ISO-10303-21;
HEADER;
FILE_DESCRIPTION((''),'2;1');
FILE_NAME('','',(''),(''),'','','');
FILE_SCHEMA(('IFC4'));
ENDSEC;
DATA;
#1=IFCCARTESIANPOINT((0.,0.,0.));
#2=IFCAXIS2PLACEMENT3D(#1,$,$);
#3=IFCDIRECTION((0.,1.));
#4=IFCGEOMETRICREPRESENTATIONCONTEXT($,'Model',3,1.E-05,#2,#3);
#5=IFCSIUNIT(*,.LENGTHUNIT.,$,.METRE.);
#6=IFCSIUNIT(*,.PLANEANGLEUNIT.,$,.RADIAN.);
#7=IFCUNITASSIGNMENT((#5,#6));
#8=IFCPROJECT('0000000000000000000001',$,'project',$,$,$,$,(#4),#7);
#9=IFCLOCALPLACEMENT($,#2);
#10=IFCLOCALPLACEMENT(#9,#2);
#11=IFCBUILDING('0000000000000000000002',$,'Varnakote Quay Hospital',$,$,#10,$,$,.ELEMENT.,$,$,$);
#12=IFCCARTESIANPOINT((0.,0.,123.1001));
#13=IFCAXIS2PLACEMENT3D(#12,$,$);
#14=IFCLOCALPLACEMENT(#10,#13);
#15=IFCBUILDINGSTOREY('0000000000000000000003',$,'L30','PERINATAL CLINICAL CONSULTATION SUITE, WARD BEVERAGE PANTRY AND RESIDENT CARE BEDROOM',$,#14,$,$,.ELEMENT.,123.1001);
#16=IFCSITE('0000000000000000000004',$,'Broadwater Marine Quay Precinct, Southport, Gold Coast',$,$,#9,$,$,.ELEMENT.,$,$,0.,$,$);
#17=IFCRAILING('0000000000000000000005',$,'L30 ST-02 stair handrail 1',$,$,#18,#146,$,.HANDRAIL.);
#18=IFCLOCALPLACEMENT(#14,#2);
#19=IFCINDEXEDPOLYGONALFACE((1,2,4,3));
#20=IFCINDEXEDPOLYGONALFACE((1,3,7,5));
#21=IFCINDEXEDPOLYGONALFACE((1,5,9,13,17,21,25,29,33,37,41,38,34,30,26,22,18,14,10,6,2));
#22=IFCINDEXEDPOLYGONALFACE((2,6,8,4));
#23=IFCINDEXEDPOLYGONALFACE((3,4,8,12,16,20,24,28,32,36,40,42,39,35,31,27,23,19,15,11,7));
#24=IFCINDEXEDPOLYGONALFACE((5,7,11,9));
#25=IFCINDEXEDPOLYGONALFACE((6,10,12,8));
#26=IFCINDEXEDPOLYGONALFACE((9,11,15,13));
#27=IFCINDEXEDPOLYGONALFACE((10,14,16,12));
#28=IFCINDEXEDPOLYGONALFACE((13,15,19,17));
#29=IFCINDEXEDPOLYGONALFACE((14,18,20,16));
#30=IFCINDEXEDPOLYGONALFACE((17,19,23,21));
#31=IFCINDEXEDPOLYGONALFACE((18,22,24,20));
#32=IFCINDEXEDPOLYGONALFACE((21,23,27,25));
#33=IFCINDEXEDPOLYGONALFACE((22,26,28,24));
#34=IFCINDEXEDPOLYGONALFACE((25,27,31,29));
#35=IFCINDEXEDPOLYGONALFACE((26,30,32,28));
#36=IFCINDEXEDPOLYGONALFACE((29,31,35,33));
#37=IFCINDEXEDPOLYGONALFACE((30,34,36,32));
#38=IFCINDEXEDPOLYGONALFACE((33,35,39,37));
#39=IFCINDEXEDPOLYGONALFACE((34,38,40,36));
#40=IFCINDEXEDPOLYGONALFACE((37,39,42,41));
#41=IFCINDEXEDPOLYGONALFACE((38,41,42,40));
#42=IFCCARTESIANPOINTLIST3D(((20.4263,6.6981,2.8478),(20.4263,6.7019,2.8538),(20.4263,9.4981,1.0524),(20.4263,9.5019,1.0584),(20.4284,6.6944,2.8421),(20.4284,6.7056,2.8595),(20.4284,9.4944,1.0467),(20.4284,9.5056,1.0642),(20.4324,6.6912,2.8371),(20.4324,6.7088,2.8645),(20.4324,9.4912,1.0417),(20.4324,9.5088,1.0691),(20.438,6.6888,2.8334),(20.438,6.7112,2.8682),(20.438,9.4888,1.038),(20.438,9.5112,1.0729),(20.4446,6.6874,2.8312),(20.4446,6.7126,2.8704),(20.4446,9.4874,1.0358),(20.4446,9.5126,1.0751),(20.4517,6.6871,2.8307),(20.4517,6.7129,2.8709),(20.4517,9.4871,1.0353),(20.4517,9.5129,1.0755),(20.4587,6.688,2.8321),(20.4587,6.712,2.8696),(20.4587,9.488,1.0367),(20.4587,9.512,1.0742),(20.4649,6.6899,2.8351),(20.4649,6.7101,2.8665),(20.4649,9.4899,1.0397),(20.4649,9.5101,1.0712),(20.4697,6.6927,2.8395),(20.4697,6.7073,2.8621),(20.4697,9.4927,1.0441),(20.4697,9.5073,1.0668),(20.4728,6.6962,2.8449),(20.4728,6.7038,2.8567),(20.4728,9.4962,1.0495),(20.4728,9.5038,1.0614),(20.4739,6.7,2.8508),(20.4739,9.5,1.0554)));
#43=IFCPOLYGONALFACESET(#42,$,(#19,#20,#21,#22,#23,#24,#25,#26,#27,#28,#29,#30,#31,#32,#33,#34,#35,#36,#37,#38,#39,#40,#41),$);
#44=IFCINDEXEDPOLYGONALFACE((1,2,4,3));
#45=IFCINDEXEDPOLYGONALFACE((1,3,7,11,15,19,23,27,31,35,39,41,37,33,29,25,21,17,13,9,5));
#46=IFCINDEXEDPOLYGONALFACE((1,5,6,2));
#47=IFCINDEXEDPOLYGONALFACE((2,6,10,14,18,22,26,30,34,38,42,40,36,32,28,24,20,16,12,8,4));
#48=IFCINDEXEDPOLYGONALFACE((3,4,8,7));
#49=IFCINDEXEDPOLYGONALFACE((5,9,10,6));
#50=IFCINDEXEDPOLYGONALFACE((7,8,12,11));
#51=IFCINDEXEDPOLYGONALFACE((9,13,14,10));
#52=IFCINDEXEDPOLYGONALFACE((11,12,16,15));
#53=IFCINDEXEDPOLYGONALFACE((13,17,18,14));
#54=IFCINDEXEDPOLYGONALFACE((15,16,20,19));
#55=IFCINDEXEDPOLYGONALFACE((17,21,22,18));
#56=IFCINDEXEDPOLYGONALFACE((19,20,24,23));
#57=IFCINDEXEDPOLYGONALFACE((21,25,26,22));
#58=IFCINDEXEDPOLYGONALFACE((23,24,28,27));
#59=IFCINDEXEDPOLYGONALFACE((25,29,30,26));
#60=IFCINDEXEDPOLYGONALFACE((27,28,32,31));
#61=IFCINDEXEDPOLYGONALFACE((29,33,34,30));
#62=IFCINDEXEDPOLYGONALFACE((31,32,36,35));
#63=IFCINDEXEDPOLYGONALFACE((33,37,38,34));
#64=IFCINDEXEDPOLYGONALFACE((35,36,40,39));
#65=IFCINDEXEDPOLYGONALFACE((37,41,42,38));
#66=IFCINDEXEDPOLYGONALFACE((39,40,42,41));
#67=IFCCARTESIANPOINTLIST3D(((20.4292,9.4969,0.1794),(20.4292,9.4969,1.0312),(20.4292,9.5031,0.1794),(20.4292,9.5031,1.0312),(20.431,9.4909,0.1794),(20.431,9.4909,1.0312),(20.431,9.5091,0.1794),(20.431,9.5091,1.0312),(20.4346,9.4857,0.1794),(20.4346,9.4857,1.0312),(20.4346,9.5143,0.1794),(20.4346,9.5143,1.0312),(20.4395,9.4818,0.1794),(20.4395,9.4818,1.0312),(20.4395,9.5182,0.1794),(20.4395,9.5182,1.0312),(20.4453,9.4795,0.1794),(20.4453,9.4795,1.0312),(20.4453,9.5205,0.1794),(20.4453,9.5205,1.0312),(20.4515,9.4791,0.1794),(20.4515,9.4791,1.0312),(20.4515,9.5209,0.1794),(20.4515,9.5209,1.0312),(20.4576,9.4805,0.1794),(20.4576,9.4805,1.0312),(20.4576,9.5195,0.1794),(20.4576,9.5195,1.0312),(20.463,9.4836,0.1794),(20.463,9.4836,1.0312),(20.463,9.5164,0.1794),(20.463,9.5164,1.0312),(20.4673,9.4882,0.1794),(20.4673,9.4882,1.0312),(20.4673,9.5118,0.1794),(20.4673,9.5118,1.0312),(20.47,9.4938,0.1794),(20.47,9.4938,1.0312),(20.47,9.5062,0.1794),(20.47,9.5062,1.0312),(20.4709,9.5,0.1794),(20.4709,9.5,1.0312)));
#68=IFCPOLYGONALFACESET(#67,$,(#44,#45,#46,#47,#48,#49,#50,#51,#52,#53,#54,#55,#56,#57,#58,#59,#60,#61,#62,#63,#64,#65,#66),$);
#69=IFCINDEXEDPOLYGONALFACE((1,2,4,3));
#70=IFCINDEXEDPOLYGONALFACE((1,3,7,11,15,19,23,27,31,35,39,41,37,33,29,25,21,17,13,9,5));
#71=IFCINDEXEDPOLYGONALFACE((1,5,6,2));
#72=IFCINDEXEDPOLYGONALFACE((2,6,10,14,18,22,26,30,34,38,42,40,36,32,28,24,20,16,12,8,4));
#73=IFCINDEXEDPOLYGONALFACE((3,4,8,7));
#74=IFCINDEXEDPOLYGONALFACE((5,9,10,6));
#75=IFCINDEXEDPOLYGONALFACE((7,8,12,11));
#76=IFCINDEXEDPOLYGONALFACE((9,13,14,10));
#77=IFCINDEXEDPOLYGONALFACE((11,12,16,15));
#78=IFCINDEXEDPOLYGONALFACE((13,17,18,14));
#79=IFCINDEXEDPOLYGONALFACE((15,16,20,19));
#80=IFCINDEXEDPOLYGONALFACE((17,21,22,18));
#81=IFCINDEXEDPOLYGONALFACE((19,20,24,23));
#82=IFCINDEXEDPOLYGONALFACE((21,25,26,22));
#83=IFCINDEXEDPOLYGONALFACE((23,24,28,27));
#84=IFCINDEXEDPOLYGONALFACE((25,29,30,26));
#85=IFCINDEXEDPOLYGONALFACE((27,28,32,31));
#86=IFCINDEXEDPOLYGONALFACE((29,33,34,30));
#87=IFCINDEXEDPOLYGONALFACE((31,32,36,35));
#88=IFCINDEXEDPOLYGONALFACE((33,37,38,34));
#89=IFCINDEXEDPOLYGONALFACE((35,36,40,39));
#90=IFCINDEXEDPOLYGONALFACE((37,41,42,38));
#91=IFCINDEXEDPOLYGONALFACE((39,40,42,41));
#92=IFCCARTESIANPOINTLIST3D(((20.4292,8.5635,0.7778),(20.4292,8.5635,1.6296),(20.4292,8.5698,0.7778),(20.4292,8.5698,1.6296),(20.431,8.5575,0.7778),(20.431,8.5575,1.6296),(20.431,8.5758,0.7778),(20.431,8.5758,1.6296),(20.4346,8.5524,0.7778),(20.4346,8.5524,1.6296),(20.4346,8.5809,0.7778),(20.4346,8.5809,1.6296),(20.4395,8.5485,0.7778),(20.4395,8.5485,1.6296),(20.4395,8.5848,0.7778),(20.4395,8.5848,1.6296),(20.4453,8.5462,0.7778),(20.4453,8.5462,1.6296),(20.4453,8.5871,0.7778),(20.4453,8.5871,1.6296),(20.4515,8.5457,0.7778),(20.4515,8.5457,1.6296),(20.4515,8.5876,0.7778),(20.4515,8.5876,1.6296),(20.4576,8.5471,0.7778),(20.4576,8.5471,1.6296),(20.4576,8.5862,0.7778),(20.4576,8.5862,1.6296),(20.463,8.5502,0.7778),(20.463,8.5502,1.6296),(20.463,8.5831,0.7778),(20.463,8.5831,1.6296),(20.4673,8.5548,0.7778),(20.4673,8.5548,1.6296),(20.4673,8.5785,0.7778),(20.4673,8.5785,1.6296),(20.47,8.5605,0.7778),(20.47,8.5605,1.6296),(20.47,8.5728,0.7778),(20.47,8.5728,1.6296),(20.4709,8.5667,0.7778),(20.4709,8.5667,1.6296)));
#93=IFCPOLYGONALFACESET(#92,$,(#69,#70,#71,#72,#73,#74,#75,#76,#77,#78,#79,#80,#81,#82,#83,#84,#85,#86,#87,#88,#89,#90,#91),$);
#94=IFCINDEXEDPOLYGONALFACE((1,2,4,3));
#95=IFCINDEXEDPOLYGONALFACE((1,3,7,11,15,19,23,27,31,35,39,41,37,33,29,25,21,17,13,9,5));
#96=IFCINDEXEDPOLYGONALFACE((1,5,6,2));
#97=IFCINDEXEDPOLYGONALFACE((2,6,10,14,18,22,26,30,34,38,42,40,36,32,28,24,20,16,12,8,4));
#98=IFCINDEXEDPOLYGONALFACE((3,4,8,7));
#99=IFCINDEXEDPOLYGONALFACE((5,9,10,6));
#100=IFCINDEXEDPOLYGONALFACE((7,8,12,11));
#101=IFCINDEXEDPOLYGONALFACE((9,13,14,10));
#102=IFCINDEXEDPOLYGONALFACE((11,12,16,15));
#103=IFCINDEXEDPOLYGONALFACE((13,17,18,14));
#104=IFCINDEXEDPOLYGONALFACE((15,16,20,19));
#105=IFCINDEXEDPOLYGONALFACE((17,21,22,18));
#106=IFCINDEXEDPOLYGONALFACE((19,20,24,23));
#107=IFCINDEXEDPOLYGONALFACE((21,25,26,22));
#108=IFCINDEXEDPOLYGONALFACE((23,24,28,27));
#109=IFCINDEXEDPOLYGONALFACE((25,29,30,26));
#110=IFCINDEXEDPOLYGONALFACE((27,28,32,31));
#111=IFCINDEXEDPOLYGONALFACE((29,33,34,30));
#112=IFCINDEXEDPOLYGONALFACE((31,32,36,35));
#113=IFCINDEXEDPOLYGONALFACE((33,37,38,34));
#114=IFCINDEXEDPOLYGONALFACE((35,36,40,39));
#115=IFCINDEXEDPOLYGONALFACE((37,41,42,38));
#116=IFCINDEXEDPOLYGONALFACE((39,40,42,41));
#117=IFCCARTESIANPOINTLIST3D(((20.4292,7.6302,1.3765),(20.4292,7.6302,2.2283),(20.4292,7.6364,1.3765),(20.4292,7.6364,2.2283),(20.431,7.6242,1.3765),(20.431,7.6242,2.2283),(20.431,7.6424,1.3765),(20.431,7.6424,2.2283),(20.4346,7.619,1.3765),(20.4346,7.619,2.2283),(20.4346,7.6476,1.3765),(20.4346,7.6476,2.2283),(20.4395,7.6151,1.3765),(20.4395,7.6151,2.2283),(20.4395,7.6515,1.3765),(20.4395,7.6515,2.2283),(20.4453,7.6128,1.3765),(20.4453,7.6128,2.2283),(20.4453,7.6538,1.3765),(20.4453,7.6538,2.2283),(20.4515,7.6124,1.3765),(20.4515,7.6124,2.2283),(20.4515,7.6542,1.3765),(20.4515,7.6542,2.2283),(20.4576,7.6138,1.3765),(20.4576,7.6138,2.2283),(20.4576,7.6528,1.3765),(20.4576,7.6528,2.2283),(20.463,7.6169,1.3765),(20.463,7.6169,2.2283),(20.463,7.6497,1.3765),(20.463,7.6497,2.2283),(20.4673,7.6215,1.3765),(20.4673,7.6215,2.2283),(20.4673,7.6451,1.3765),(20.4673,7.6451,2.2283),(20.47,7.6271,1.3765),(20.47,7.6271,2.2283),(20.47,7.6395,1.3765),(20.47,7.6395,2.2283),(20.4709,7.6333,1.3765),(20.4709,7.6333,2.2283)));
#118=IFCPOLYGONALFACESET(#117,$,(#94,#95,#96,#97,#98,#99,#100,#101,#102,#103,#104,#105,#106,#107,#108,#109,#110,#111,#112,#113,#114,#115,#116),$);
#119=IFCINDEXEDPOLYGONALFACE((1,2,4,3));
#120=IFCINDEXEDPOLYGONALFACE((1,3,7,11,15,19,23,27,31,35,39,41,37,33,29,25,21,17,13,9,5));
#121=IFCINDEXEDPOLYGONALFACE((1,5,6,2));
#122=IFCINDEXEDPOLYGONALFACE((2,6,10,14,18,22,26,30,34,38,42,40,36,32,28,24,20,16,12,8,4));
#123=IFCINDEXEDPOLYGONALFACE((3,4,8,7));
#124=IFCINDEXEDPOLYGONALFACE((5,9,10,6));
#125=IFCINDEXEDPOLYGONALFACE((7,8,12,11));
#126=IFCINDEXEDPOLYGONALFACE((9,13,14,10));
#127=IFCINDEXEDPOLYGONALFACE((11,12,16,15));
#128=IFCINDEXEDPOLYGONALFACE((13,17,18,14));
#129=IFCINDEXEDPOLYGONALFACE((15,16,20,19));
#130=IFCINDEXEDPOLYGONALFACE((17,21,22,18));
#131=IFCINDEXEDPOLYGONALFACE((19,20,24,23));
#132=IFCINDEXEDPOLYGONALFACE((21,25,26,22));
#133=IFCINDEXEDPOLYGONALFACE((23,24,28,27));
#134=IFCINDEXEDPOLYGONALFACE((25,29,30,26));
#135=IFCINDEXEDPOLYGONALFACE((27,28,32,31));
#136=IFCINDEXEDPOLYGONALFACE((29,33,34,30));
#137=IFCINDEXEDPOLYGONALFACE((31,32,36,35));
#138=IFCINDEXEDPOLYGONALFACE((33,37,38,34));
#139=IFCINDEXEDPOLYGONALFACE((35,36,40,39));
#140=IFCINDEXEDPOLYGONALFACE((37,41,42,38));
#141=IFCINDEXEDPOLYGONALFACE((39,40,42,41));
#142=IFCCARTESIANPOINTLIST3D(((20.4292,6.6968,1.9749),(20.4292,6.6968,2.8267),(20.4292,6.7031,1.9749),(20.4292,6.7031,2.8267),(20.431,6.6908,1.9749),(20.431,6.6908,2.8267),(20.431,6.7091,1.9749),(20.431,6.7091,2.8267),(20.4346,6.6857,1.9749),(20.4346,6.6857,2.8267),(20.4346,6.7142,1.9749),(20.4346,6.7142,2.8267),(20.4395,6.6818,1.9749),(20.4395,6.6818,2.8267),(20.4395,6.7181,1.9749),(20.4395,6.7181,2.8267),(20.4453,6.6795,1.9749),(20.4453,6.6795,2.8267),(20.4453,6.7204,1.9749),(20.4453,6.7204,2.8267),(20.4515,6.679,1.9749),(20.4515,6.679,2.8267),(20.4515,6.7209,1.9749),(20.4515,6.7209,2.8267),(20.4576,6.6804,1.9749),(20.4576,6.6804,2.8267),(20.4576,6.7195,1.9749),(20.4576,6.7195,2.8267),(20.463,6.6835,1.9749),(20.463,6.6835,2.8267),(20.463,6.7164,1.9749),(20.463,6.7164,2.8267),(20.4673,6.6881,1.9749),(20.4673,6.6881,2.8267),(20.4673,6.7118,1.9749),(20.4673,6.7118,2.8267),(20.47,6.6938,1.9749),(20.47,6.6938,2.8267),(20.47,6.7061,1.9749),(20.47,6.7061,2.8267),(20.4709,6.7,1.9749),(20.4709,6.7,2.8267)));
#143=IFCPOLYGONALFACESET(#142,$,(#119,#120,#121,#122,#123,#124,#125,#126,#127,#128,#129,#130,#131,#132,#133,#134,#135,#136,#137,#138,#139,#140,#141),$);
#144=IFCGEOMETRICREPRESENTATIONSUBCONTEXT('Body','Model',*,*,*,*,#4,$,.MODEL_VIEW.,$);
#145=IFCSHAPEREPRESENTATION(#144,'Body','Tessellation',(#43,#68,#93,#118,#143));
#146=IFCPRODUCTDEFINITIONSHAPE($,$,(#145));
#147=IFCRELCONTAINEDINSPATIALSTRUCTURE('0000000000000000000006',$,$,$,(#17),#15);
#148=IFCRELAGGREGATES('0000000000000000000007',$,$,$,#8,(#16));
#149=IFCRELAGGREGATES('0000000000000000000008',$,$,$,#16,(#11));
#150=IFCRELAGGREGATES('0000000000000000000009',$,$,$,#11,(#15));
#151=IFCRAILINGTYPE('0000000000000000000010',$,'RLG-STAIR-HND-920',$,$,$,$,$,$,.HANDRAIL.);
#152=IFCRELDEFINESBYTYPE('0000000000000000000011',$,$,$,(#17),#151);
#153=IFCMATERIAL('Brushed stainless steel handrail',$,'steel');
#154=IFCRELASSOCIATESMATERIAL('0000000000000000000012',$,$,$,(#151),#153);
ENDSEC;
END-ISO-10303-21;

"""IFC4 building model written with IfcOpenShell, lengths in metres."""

from ifc_helpers import new_model, si_unit, direction, frame, origin, origin_2d, place, context, subcontext, project, spatial, circle, extrude, material, type_object, element, save


model = new_model("IFC4")

# Units and contexts
model_context = context("Model", 3, precision=1e-05, world=origin(), true_north=direction((0.0, 1.0)))
body_context = subcontext(model_context, "Body", "Model", "MODEL_VIEW")
ifc_project = project(units=[si_unit("LENGTHUNIT", "METRE"), si_unit("PLANEANGLEUNIT", "RADIAN")], contexts=[model_context])

# Site, building, storey
site_placement = place(None, origin())
site = spatial("IfcSite", under=ifc_project, at=site_placement, Name="Broadwater Marine Quay Precinct, Southport, Gold Coast", CompositionType="ELEMENT", RefElevation=0.0)
building_placement = place(site_placement, origin())
building = spatial("IfcBuilding", under=site, at=building_placement, Name="Varnakote Quay Hospital", CompositionType="ELEMENT")
storey_placement = place(building_placement, frame((0.0, 0.0, 123.1001)))
storey = spatial("IfcBuildingStorey", under=building, at=storey_placement, Name="L30", Description="PERINATAL CLINICAL CONSULTATION SUITE, WARD BEVERAGE PANTRY AND RESIDENT CARE BEDROOM", CompositionType="ELEMENT", Elevation=123.1001)

# Railing
ifc_material_1 = material(Name="Brushed stainless steel handrail", Category="steel")
railing_type_1 = type_object("IfcRailingType", Name="RLG-STAIR-HND-920", PredefinedType="HANDRAIL", material=ifc_material_1)
railing_1_placement = place(storey_placement, frame((20.45, 9.5, 0.1794)))
element("IfcRailing", 1, at=railing_1_placement, inside=storey, type_object=railing_type_1, Name="L30 ST-02 stair handrail 1", PredefinedType="HANDRAIL", context=body_context, shape_type="SweptSolid", body=[
    extrude(circle(Radius=0.0239, at=origin_2d()), frame((0.0, 0.0, 0.876), z_axis=(0.0, -0.84181, 0.539774), x_axis=(1.0, 0.0, 0.0)), (0.0, 0.0, 1.0), 3.3262),
    extrude(circle(Radius=0.021, at=origin_2d()), origin(), (0.0, 0.0, 1.0), 0.8518),
    extrude(circle(Radius=0.021, at=origin_2d()), frame((0.0, -0.9333, 0.5984)), (0.0, 0.0, 1.0), 0.8518),
    extrude(circle(Radius=0.021, at=origin_2d()), frame((0.0, -1.8667, 1.197)), (0.0, 0.0, 1.0), 0.8518),
    extrude(circle(Radius=0.021, at=origin_2d()), frame((0.0, -2.8, 1.7954)), (0.0, 0.0, 1.0), 0.8518),
])

save(model, "model.ifc")
